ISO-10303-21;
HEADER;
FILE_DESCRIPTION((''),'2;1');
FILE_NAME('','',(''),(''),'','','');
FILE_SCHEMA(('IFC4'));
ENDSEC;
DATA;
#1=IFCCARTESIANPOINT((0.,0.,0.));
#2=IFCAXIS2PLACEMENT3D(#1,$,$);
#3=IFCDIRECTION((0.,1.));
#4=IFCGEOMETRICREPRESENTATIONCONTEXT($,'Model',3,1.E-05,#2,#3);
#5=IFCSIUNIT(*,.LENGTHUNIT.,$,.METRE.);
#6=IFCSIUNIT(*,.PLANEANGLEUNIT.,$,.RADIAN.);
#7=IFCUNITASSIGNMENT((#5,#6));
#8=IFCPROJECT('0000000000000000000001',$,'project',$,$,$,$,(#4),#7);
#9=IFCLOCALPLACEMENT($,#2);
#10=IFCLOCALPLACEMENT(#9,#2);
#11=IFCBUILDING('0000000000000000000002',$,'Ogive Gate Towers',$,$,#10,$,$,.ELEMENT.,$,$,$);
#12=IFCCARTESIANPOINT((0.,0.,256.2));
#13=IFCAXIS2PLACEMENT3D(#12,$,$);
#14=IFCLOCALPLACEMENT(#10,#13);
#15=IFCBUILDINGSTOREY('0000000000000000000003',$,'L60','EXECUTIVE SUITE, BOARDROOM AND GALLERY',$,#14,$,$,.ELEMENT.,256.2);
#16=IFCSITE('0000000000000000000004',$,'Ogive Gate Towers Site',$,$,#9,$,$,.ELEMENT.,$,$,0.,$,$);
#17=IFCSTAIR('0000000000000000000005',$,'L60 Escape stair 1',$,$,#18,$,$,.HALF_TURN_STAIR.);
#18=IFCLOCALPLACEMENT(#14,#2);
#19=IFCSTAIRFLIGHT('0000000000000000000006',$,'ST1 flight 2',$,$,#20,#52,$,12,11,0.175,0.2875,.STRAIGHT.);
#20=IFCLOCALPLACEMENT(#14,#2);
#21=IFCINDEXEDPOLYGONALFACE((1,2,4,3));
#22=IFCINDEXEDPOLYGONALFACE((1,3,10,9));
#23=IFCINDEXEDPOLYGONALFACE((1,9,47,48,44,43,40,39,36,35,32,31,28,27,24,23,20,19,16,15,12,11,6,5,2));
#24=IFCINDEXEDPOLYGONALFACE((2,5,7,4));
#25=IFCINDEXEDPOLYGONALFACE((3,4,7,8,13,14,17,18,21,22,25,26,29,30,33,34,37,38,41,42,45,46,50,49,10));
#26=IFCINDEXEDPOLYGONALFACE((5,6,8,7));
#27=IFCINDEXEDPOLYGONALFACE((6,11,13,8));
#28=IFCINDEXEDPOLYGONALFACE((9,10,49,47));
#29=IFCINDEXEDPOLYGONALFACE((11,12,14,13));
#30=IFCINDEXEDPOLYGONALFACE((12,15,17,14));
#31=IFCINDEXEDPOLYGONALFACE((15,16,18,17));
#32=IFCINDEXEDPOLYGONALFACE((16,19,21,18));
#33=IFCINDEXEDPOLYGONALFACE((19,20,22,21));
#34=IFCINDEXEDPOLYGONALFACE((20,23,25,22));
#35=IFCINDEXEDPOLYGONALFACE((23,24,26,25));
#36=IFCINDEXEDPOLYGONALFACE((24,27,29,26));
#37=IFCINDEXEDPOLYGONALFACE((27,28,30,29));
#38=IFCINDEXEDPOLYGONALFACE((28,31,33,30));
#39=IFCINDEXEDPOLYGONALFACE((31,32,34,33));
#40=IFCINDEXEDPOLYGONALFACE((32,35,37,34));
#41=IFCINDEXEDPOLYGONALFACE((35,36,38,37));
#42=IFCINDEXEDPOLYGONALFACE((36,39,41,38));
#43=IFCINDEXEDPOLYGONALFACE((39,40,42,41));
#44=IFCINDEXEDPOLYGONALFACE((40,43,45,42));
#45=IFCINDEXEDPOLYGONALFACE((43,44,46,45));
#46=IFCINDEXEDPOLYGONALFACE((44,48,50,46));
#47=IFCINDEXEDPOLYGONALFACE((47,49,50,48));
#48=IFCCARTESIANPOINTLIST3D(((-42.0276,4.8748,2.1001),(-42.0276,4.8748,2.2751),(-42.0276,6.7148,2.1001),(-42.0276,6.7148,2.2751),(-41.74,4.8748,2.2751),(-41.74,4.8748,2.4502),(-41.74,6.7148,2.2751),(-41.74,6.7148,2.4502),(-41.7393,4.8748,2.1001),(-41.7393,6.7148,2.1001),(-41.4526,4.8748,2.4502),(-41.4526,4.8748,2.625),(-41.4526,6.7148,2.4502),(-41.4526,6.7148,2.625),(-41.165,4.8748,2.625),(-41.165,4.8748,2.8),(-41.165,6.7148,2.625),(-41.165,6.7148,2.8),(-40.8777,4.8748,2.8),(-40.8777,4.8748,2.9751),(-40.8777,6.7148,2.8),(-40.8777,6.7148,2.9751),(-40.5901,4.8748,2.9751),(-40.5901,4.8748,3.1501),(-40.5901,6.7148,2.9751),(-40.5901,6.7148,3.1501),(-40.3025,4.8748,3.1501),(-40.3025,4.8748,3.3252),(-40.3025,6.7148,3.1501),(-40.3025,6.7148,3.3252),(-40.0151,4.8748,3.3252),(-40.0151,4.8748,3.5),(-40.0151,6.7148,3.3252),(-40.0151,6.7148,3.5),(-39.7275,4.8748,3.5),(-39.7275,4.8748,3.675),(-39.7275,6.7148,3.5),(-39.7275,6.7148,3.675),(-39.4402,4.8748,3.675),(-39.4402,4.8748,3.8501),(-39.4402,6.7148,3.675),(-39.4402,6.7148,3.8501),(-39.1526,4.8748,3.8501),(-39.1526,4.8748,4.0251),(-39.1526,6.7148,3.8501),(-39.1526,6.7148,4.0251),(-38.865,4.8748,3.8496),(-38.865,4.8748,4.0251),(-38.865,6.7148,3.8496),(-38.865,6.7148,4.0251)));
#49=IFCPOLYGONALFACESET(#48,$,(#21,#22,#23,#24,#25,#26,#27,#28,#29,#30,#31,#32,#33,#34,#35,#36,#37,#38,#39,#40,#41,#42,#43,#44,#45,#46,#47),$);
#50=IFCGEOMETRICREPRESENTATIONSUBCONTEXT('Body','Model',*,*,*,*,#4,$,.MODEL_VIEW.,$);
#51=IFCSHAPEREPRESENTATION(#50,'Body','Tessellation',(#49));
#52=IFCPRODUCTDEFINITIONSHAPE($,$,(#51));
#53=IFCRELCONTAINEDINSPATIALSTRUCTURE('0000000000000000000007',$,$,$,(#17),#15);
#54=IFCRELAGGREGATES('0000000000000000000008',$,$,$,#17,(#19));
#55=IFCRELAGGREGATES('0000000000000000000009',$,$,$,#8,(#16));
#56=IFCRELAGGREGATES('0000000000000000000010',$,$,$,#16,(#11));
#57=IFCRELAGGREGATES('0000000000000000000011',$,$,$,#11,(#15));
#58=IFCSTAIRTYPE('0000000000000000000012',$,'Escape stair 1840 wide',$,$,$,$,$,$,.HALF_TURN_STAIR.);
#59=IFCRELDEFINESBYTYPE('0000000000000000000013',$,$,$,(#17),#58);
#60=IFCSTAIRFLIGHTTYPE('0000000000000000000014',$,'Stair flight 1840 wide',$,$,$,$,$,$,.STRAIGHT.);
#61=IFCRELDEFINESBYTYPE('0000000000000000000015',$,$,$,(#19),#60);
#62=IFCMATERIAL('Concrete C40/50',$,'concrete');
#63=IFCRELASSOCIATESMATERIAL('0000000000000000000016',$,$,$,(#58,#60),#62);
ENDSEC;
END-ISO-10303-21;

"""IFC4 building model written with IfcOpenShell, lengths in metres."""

from ifc_helpers import new_model, si_unit, direction, frame, origin, place, context, subcontext, project, spatial, polyline, outline, extrude, material, type_object, element, aggregate, save


model = new_model("IFC4")

# Units and contexts
model_context = context("Model", 3, precision=1e-05, world=origin(), true_north=direction((0.0, 1.0)))
body_context = subcontext(model_context, "Body", "Model", "MODEL_VIEW")
ifc_project = project(units=[si_unit("LENGTHUNIT", "METRE"), si_unit("PLANEANGLEUNIT", "RADIAN")], contexts=[model_context])

# Site, building, storey
site_placement = place(None, origin())
site = spatial("IfcSite", under=ifc_project, at=site_placement, Name="Ogive Gate Towers Site", CompositionType="ELEMENT", RefElevation=0.0)
building_placement = place(site_placement, origin())
building = spatial("IfcBuilding", under=site, at=building_placement, Name="Ogive Gate Towers", CompositionType="ELEMENT")
storey_placement = place(building_placement, frame((0.0, 0.0, 256.2)))
storey = spatial("IfcBuildingStorey", under=building, at=storey_placement, Name="L60", Description="EXECUTIVE SUITE, BOARDROOM AND GALLERY", CompositionType="ELEMENT", Elevation=256.2)

# Stair, stair flight
ifc_material_1 = material(Name="Concrete C40/50", Category="concrete")
stair_type = type_object("IfcStairType", Name="Escape stair 1840 wide", PredefinedType="HALF_TURN_STAIR", material=ifc_material_1)
stair_placement = place(storey_placement, origin())
stair = element("IfcStair", 1, at=stair_placement, inside=storey, type_object=stair_type, Name="L60 Escape stair 1", PredefinedType="HALF_TURN_STAIR")
stair_flight_type = type_object("IfcStairFlightType", Name="Stair flight 1840 wide", PredefinedType="STRAIGHT", material=ifc_material_1)
stair_flight_placement = place(storey_placement, frame((-42.0276, 5.7949, 2.1001), z_axis=(0.0, 0.0, 1.0), x_axis=(1.0, 0.0, 0.0)))
stair_flight = element("IfcStairFlight", 2, at=stair_flight_placement, type_object=stair_flight_type, Name="ST1 flight 2", NumberOfRisers=12, NumberOfTreads=11, PredefinedType="STRAIGHT", RiserHeight=0.175, TreadLength=0.2875, context=body_context, shape_type="SweptSolid", body=[
    extrude(outline(polyline([(0.0, 0.0), (0.0, 0.175), (0.2876, 0.175), (0.2876, 0.3501), (0.575, 0.3501), (0.575, 0.5249), (0.8625, 0.5249), (0.8625, 0.7), (1.1499, 0.7), (1.1499, 0.875), (1.4375, 0.875), (1.4375, 1.05), (1.7251, 1.05), (1.7251, 1.2251), (2.0125, 1.2251), (2.0125, 1.3999), (2.3, 1.3999), (2.3, 1.575), (2.5874, 1.575), (2.5874, 1.75), (2.875, 1.75), (2.875, 1.925), (3.1626, 1.925), (3.1626, 2.1001), (3.1626, 1.7495), (0.2883, 0.0), (0.0, 0.0)])), frame((0.0, 0.9199, 0.0), z_axis=(0.0, -1.0, 0.0), x_axis=(1.0, 0.0, 0.0)), (0.0, 0.0, 1.0), 1.8401),
])
aggregate(stair, [stair_flight])

save(model, "model.ifc")
